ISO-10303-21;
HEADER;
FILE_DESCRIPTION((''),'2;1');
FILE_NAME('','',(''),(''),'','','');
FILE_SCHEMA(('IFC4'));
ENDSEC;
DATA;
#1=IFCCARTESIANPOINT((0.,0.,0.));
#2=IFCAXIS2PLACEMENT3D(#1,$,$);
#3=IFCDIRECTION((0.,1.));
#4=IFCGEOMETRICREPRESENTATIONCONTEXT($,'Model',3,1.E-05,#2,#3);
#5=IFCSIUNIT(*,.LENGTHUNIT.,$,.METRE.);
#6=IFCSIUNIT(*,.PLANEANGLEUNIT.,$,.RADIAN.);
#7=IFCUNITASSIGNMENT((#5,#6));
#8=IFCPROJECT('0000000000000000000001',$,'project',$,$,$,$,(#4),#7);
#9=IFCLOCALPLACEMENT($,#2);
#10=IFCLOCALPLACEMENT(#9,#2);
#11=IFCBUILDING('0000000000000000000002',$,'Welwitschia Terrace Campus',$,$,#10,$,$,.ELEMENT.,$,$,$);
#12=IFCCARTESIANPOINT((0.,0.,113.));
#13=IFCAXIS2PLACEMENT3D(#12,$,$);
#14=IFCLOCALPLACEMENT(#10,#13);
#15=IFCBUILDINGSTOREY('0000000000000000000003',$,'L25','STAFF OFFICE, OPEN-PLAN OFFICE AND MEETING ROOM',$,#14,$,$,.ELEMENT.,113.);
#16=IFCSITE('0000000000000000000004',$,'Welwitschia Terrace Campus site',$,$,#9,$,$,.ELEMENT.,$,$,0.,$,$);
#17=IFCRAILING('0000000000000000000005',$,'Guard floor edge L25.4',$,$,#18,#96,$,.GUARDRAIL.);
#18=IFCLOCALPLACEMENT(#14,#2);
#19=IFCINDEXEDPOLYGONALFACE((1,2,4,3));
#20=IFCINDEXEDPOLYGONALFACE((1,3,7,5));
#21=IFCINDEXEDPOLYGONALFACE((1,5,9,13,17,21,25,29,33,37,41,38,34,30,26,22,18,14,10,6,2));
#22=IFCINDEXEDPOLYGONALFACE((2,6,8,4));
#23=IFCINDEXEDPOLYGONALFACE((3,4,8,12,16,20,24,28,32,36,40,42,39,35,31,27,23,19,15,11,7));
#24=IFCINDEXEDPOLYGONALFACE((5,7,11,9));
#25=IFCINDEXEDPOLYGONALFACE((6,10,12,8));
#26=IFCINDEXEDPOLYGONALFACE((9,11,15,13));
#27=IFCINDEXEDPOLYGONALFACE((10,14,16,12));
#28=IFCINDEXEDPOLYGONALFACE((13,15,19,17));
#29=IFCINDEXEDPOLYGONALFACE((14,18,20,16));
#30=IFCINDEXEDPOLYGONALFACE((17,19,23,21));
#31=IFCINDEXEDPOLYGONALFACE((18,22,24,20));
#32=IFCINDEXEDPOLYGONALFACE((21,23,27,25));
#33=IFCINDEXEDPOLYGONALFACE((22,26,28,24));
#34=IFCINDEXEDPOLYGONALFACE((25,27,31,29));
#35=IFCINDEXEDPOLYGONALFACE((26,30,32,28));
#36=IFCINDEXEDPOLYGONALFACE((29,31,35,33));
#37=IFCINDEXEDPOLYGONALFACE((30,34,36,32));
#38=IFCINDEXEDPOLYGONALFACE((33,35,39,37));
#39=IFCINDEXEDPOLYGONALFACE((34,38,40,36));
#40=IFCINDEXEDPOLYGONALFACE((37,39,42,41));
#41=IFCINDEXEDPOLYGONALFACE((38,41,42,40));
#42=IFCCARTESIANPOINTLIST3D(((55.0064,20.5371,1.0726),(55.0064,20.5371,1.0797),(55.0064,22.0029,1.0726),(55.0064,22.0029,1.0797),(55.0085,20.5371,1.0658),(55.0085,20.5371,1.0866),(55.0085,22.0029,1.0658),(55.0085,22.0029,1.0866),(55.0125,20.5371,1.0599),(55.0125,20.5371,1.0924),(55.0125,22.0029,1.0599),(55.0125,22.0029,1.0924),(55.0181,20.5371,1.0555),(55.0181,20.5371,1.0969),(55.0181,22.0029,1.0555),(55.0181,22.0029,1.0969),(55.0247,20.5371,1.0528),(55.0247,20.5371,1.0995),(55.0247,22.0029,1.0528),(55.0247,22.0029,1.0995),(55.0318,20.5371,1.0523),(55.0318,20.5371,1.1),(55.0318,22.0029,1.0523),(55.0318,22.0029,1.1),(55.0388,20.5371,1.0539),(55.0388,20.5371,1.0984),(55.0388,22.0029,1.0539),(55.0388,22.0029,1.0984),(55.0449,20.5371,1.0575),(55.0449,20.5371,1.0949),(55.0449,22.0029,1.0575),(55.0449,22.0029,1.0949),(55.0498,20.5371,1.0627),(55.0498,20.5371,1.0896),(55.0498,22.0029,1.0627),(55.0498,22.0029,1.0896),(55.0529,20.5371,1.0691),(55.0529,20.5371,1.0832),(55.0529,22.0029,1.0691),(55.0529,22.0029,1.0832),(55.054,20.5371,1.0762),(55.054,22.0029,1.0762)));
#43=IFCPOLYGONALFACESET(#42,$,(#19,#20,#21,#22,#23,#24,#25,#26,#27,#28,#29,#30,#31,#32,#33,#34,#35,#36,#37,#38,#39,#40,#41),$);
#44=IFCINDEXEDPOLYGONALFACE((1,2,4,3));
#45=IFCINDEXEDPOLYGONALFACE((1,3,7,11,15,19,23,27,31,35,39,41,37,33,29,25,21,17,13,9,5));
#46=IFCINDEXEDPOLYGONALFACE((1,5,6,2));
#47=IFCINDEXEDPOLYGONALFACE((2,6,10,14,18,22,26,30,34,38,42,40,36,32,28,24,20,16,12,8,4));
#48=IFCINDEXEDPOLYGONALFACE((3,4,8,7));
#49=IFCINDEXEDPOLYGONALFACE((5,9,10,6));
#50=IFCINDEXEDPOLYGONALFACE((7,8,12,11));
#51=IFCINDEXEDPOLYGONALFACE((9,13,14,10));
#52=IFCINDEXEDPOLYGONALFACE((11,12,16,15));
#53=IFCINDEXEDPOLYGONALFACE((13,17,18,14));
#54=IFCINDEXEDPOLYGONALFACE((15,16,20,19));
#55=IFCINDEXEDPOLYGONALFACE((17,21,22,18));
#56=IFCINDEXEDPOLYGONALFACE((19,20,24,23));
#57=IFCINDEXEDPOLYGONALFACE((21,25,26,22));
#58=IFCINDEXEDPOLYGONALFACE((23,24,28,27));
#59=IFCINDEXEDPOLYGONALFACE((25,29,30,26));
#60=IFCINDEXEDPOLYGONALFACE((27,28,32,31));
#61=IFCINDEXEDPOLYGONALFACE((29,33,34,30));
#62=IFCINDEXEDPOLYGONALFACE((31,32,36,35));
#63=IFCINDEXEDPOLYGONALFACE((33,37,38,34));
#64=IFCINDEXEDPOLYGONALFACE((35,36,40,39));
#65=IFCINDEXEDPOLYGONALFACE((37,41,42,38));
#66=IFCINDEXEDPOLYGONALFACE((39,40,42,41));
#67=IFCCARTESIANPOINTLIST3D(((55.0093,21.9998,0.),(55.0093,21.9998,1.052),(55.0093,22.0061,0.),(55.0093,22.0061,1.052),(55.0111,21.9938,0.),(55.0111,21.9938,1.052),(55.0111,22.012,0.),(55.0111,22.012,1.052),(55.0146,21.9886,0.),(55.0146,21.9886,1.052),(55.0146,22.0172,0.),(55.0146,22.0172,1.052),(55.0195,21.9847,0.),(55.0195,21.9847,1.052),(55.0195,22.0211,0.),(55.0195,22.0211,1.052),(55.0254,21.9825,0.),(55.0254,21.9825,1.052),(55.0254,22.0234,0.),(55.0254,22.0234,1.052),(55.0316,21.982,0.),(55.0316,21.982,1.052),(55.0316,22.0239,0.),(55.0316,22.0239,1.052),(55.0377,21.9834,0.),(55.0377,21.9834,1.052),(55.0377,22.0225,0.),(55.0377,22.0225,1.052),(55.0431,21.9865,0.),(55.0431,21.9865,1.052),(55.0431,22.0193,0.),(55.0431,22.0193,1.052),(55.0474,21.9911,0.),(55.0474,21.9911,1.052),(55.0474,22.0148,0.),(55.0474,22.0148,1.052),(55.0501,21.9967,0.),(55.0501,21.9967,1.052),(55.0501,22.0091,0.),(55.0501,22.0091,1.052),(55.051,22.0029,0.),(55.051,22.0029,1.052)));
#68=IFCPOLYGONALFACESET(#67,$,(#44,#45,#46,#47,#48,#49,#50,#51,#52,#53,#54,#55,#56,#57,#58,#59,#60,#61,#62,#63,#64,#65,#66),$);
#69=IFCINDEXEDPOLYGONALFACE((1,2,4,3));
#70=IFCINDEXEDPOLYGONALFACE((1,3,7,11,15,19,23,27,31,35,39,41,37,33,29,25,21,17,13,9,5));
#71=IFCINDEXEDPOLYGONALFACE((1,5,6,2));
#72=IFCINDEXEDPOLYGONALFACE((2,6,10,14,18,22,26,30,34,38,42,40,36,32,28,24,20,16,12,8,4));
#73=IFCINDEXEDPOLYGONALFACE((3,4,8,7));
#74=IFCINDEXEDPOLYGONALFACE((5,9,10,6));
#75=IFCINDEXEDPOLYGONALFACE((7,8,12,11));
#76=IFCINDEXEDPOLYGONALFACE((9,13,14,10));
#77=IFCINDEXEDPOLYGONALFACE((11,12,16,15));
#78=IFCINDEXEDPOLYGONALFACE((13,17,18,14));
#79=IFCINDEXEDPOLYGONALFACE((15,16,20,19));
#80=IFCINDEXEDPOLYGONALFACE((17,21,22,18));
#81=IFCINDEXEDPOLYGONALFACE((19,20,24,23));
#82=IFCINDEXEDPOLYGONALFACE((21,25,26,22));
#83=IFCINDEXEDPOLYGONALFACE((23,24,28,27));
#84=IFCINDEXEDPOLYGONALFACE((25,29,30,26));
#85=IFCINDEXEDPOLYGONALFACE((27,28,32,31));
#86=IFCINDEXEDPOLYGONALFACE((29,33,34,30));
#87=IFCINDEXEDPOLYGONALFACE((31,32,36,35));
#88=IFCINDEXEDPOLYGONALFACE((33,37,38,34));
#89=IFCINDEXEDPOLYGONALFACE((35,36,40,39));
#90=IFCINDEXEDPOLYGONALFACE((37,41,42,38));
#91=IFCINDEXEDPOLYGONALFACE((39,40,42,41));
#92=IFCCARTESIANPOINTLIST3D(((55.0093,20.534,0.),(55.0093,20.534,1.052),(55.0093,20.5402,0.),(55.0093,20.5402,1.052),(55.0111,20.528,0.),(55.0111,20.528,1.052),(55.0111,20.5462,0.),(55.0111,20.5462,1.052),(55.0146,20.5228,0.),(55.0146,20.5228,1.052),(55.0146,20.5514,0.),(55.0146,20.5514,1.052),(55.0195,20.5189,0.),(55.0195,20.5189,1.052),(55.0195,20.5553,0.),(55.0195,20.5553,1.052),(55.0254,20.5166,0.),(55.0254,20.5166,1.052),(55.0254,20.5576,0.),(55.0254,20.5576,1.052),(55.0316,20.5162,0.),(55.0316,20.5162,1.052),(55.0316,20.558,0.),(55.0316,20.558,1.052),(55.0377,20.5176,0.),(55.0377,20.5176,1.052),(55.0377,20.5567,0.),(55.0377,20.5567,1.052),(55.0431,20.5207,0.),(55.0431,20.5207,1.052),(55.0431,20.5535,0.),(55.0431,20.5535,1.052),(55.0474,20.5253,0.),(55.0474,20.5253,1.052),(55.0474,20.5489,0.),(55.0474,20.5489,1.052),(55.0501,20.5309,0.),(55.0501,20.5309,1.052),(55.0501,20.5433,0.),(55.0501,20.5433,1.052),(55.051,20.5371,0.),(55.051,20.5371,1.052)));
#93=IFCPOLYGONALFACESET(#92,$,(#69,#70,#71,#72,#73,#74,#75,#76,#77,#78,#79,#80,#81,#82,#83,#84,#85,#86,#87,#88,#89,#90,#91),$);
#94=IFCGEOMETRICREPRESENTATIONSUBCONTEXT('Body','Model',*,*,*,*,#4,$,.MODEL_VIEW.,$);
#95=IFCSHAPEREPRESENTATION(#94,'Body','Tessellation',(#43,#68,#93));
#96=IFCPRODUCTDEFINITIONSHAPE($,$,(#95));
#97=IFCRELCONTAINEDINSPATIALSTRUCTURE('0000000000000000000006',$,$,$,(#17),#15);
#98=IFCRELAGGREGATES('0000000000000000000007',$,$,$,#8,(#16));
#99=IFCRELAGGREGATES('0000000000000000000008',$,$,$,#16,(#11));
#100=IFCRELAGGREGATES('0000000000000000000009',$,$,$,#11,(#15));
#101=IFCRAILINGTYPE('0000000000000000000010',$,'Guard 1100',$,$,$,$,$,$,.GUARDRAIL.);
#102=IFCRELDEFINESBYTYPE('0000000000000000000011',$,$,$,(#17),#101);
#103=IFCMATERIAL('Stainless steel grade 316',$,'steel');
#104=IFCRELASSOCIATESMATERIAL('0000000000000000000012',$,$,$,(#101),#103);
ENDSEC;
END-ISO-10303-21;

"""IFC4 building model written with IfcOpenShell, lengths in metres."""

from ifc_helpers import new_model, si_unit, direction, frame, origin, origin_2d, place, context, subcontext, project, spatial, circle, extrude, material, type_object, element, save


model = new_model("IFC4")

# Units and contexts
model_context = context("Model", 3, precision=1e-05, world=origin(), true_north=direction((0.0, 1.0)))
body_context = subcontext(model_context, "Body", "Model", "MODEL_VIEW")
ifc_project = project(units=[si_unit("LENGTHUNIT", "METRE"), si_unit("PLANEANGLEUNIT", "RADIAN")], contexts=[model_context])

# Site, building, storey
site_placement = place(None, origin())
site = spatial("IfcSite", under=ifc_project, at=site_placement, Name="Welwitschia Terrace Campus site", CompositionType="ELEMENT", RefElevation=0.0)
building_placement = place(site_placement, origin())
building = spatial("IfcBuilding", under=site, at=building_placement, Name="Welwitschia Terrace Campus", CompositionType="ELEMENT")
storey_placement = place(building_placement, frame((0.0, 0.0, 113.0)))
storey = spatial("IfcBuildingStorey", under=building, at=storey_placement, Name="L25", Description="STAFF OFFICE, OPEN-PLAN OFFICE AND MEETING ROOM", CompositionType="ELEMENT", Elevation=113.0)

# Railing
ifc_material_1 = material(Name="Stainless steel grade 316", Category="steel")
railing_type = type_object("IfcRailingType", Name="Guard 1100", PredefinedType="GUARDRAIL", material=ifc_material_1)
railing_1_placement = place(storey_placement, frame((55.03, 22.0029, 0.0)))
element("IfcRailing", 1, at=railing_1_placement, inside=storey, type_object=railing_type, Name="Guard floor edge L25.4", PredefinedType="GUARDRAIL", context=body_context, shape_type="SweptSolid", body=[
    extrude(circle(Radius=0.0239, at=origin_2d()), frame((0.0, 0.0, 1.0762), z_axis=(0.0, -1.0, 0.0), x_axis=(1.0, 0.0, 0.0)), (0.0, 0.0, 1.0), 1.4658),
    extrude(circle(Radius=0.021, at=origin_2d()), origin(), (0.0, 0.0, 1.0), 1.052),
    extrude(circle(Radius=0.021, at=origin_2d()), frame((0.0, -1.4658, 0.0)), (0.0, 0.0, 1.0), 1.052),
])

save(model, "model.ifc")
